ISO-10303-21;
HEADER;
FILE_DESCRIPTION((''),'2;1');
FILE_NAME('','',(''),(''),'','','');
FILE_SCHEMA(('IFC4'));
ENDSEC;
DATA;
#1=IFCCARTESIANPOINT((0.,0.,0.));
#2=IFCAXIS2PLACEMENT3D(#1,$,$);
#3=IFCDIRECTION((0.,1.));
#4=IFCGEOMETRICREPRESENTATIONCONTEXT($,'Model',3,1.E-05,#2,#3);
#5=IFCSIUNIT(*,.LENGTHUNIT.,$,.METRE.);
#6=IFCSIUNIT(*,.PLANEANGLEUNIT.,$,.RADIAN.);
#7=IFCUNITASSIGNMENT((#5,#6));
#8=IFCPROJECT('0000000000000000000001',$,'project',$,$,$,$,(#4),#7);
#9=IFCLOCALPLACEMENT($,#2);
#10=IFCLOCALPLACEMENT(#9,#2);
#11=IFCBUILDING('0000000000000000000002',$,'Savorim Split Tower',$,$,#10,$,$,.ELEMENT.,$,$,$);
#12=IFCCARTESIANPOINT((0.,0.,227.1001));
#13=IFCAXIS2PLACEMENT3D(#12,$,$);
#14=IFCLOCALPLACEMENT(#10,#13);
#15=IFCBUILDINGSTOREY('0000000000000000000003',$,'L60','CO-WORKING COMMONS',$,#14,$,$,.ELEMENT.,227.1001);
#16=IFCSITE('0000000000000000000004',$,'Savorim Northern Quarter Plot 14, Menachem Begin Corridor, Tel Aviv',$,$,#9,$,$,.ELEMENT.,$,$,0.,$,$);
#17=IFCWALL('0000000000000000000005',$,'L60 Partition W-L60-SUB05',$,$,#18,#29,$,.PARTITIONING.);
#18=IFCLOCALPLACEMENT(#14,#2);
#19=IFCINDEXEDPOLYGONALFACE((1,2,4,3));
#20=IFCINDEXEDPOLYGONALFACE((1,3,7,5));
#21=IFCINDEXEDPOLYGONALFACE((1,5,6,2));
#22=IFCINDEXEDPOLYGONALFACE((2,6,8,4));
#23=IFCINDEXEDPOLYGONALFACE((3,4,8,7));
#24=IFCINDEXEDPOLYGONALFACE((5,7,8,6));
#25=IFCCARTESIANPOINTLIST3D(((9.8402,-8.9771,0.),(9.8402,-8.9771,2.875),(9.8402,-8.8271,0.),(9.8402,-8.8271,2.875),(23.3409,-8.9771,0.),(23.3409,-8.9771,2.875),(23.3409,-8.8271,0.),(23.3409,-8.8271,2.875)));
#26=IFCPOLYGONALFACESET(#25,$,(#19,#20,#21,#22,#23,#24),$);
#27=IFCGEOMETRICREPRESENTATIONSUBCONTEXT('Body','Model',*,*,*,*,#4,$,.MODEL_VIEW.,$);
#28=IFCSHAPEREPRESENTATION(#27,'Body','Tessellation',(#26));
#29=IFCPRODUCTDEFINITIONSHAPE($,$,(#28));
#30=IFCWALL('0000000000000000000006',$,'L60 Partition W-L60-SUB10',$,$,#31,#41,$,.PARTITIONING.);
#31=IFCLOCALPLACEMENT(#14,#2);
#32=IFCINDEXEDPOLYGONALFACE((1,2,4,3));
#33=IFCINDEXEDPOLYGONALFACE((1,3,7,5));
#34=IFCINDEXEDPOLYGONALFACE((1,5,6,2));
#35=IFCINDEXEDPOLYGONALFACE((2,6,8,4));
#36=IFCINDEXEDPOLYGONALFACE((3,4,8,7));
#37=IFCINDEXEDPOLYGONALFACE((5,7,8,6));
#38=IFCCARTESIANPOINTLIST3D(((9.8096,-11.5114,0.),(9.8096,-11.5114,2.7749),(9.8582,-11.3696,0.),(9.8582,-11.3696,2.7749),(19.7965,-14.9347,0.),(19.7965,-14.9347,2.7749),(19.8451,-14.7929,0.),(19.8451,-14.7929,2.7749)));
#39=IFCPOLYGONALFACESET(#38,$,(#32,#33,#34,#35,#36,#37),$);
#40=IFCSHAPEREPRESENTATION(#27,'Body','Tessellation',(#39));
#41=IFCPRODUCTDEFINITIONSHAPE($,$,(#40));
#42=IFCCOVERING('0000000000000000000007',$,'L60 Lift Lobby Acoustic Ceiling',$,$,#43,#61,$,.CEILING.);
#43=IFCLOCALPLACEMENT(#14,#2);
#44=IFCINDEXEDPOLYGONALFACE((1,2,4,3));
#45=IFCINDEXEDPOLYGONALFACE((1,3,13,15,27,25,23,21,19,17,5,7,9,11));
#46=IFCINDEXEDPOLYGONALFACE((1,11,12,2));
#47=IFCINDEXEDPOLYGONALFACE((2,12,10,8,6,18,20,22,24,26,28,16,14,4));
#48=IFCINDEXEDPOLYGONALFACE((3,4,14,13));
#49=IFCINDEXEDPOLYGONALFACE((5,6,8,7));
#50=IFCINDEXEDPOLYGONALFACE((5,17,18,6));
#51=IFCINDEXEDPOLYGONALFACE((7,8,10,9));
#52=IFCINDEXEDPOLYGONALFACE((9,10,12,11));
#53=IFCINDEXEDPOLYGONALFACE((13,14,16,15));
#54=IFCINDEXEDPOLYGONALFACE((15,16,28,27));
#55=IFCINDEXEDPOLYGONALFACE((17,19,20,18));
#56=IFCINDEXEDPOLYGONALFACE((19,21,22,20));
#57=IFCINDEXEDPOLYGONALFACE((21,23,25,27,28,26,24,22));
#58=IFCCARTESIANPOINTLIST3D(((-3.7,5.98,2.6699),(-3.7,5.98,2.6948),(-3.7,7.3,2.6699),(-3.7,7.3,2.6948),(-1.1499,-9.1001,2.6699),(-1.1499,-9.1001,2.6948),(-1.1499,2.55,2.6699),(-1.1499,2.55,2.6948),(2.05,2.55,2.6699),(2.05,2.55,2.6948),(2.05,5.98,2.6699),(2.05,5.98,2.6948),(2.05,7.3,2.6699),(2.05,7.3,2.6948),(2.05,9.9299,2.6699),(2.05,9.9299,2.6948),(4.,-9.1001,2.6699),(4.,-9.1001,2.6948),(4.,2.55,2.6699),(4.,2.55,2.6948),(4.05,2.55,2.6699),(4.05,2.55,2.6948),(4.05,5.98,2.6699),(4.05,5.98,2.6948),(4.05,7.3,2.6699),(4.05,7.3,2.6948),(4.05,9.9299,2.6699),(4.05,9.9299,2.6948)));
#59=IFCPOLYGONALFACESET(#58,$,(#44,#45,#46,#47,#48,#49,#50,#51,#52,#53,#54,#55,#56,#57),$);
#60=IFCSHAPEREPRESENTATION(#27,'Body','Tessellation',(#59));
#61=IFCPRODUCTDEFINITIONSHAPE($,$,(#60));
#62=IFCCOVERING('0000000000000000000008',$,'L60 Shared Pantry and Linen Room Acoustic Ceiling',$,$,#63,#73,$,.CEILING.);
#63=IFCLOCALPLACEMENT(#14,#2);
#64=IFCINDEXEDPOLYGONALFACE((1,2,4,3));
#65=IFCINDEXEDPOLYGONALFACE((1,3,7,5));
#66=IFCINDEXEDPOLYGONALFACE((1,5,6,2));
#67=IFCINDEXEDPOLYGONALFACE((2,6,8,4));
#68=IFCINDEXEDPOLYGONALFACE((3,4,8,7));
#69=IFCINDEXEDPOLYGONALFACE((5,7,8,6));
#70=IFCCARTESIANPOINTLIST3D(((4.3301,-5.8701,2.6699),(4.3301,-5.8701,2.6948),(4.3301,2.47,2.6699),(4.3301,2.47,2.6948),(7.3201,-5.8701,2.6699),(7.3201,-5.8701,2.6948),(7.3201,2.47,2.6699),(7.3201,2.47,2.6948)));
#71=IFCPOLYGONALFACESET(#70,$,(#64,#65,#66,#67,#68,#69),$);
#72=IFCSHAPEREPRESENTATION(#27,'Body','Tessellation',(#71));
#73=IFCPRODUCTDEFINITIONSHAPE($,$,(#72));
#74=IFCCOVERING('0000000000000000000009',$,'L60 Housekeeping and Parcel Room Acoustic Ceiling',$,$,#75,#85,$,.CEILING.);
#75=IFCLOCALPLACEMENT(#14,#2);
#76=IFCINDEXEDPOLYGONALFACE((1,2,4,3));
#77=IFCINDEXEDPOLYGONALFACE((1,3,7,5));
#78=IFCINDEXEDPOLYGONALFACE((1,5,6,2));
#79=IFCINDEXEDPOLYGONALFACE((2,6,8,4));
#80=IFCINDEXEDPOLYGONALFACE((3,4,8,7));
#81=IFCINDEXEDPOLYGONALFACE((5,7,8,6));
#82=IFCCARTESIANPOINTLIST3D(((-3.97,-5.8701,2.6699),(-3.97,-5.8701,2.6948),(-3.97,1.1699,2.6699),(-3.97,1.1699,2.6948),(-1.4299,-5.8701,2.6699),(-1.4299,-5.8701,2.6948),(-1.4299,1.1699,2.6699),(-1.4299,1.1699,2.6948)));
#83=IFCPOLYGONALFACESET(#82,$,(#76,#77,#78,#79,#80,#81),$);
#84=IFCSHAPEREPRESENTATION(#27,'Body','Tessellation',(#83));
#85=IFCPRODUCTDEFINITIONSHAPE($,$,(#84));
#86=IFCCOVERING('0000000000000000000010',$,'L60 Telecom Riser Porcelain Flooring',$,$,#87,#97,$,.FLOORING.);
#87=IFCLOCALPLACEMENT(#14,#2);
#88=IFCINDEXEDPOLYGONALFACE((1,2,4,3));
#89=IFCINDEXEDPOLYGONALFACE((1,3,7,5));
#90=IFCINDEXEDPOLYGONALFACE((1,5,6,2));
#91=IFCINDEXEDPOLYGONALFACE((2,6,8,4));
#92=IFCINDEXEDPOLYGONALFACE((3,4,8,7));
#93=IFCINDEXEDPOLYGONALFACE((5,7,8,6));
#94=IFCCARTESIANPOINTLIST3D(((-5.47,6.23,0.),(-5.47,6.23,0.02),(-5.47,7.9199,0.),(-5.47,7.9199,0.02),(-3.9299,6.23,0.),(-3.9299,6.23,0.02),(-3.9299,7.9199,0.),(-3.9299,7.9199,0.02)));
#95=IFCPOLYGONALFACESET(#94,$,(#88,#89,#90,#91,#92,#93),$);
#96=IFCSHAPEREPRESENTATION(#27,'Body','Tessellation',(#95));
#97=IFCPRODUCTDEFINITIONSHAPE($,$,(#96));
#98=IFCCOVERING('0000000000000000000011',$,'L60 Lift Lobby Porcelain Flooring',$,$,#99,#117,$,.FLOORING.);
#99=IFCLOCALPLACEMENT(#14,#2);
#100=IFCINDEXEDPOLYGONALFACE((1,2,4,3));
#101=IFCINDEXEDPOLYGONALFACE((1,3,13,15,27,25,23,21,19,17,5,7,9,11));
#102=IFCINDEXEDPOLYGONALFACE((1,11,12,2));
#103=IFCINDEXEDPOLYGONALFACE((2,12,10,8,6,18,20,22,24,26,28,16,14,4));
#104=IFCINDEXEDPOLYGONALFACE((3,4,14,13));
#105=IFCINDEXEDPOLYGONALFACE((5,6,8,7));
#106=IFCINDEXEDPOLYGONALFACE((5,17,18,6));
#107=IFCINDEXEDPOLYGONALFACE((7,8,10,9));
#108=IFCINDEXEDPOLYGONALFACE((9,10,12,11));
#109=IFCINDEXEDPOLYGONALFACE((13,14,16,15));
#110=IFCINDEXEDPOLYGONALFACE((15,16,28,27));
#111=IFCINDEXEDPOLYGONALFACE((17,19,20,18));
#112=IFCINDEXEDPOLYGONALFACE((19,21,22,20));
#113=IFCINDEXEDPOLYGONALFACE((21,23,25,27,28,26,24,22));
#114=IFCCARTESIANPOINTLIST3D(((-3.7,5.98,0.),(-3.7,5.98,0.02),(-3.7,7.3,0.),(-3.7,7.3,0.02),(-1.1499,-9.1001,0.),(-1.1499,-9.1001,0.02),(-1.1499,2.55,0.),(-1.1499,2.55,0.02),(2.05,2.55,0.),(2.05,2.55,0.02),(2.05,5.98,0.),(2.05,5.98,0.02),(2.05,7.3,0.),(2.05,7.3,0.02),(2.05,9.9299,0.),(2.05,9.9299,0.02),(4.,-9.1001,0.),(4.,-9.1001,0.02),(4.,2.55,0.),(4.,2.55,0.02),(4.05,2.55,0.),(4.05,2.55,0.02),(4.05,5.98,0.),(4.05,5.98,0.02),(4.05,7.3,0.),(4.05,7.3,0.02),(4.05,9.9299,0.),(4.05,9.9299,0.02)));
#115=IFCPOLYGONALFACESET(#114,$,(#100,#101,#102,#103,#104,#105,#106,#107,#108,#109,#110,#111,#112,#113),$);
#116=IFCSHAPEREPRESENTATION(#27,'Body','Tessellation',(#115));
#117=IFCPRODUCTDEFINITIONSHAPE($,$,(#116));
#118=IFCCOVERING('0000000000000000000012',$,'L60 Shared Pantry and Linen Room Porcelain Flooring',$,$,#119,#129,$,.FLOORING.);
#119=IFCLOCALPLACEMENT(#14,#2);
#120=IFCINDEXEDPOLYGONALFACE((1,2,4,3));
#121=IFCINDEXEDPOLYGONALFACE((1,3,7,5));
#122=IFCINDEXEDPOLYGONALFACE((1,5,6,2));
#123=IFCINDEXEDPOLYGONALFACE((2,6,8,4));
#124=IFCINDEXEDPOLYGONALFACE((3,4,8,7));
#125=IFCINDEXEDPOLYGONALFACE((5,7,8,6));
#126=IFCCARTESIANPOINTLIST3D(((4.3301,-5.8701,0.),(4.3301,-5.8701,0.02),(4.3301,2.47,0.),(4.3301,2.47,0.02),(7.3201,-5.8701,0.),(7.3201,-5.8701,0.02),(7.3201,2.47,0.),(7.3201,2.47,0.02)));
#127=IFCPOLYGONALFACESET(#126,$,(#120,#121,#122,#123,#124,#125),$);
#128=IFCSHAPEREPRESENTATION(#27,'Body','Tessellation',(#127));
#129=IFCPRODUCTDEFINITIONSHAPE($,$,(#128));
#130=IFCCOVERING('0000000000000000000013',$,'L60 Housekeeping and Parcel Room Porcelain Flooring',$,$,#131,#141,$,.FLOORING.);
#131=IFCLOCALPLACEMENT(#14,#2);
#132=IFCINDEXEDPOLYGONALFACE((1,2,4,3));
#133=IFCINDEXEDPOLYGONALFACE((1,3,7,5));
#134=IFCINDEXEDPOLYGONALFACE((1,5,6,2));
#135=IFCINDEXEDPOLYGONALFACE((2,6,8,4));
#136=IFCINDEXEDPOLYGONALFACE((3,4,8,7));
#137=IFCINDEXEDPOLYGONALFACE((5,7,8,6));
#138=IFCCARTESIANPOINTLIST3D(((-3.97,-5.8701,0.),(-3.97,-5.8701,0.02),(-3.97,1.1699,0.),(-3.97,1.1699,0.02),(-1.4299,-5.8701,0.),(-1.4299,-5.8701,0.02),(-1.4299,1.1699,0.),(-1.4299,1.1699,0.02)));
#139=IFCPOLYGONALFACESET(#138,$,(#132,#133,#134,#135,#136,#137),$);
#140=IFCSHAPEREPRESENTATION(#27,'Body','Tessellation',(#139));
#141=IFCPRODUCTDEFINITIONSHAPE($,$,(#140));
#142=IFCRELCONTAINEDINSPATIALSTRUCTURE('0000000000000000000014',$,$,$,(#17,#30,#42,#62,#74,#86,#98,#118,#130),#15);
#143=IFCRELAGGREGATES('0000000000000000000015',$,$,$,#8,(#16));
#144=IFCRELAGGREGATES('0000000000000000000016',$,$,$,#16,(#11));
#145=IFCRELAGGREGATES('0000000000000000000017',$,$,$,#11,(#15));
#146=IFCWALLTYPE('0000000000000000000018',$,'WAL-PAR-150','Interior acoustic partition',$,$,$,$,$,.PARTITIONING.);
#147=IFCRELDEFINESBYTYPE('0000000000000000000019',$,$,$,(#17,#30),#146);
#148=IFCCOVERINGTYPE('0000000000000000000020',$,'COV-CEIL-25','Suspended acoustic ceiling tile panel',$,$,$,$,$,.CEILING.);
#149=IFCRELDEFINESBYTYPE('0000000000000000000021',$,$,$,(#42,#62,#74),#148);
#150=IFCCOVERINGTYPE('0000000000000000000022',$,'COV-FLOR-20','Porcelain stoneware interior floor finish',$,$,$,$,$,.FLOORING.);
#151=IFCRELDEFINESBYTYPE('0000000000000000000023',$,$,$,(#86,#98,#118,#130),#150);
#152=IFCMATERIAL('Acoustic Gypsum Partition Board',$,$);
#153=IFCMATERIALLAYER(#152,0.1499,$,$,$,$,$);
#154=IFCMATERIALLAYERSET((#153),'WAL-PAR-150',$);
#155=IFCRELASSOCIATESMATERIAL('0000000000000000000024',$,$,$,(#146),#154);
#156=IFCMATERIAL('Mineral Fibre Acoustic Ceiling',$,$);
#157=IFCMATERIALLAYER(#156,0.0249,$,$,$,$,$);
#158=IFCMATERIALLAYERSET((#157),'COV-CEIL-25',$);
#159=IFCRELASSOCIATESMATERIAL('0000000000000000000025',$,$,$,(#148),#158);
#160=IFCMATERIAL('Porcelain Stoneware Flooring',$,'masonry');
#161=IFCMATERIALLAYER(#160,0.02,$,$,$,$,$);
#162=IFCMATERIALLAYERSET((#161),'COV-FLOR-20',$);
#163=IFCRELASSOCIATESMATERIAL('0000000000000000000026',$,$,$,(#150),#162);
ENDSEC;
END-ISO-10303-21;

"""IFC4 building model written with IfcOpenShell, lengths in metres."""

from ifc_helpers import new_model, si_unit, direction, frame, frame_2d, origin, place, context, subcontext, project, spatial, polyline, rectangle, outline, extrude, material, layer, layer_set, type_object, element, save


model = new_model("IFC4")

# Units and contexts
model_context = context("Model", 3, precision=1e-05, world=origin(), true_north=direction((0.0, 1.0)))
body_context = subcontext(model_context, "Body", "Model", "MODEL_VIEW")
ifc_project = project(units=[si_unit("LENGTHUNIT", "METRE"), si_unit("PLANEANGLEUNIT", "RADIAN")], contexts=[model_context])

# Site, building, storey
site_placement = place(None, origin())
site = spatial("IfcSite", under=ifc_project, at=site_placement, Name="Savorim Northern Quarter Plot 14, Menachem Begin Corridor, Tel Aviv", CompositionType="ELEMENT", RefElevation=0.0)
building_placement = place(site_placement, origin())
building = spatial("IfcBuilding", under=site, at=building_placement, Name="Savorim Split Tower", CompositionType="ELEMENT")
storey_placement = place(building_placement, frame((0.0, 0.0, 227.1001)))
storey = spatial("IfcBuildingStorey", under=building, at=storey_placement, Name="L60", Description="CO-WORKING COMMONS", CompositionType="ELEMENT", Elevation=227.1001)

# Shared definitions
ifc_material_1 = material(Name="Acoustic Gypsum Partition Board")
ifc_layer_1 = layer(ifc_material_1, 0.1499)
ifc_layer_set_1 = layer_set([ifc_layer_1], Name="WAL-PAR-150")
wall_type_1 = type_object("IfcWallType", Name="WAL-PAR-150", Description="Interior acoustic partition", PredefinedType="PARTITIONING", material=ifc_layer_set_1)

# Walls
wall_1_placement = place(storey_placement, frame((9.8401, -8.9021, 0.0), z_axis=(0.0, 0.0, 1.0), x_axis=(1.0, 0.0, 0.0)))
element("IfcWall", 1, at=wall_1_placement, inside=storey, type_object=wall_type_1, Name="L60 Partition W-L60-SUB05", PredefinedType="PARTITIONING", context=body_context, shape_type="SweptSolid", body=[
    extrude(rectangle(XDim=13.5007, YDim=0.1499, at=frame_2d((6.7505, 0.0))), origin(), (0.0, 0.0, 1.0), 2.875),
])
wall_2_placement = place(storey_placement, frame((9.8337, -11.4404, 0.0), z_axis=(0.0, 0.0, 1.0), x_axis=(0.945969, -0.324257, 0.0)))
element("IfcWall", 2, at=wall_2_placement, inside=storey, type_object=wall_type_1, Name="L60 Partition W-L60-SUB10", PredefinedType="PARTITIONING", context=body_context, shape_type="SweptSolid", body=[
    extrude(rectangle(XDim=10.5574, YDim=0.1499, at=frame_2d((5.2788, 0.0))), origin(), (0.0, 0.0, 1.0), 2.7749),
])

# Coverings
ifc_material_2 = material(Name="Mineral Fibre Acoustic Ceiling")
ifc_layer_2 = layer(ifc_material_2, 0.0249)
ifc_layer_set_2 = layer_set([ifc_layer_2], Name="COV-CEIL-25")
covering_type_1 = type_object("IfcCoveringType", Name="COV-CEIL-25", Description="Suspended acoustic ceiling tile panel", PredefinedType="CEILING", material=ifc_layer_set_2)
covering_1_placement = place(storey_placement, frame((0.0, 0.0, 2.6699)))
element("IfcCovering", 3, at=covering_1_placement, inside=storey, type_object=covering_type_1, Name="L60 Lift Lobby Acoustic Ceiling", PredefinedType="CEILING", context=body_context, shape_type="SweptSolid", body=[
    extrude(outline(polyline([(2.05, 2.55), (-1.1499, 2.55), (-1.1499, -9.1001), (4.0, -9.1001), (4.0, 2.55), (4.05, 2.55), (4.05, 5.98), (4.05, 7.3), (4.05, 9.9299), (2.05, 9.9299), (2.05, 7.3), (-3.7, 7.3), (-3.7, 5.98), (2.05, 5.98), (2.05, 2.55)])), origin(), (0.0, 0.0, 1.0), 0.0249),
])
covering_2_placement = place(storey_placement, frame((0.0, 0.0, 2.6699)))
element("IfcCovering", 4, at=covering_2_placement, inside=storey, type_object=covering_type_1, Name="L60 Shared Pantry and Linen Room Acoustic Ceiling", PredefinedType="CEILING", context=body_context, shape_type="SweptSolid", body=[
    extrude(outline(polyline([(4.3301, 2.47), (4.3301, -5.8701), (7.3201, -5.8701), (7.3201, 2.47), (4.3301, 2.47)])), origin(), (0.0, 0.0, 1.0), 0.0249),
])
covering_3_placement = place(storey_placement, frame((0.0, 0.0, 2.6699)))
element("IfcCovering", 5, at=covering_3_placement, inside=storey, type_object=covering_type_1, Name="L60 Housekeeping and Parcel Room Acoustic Ceiling", PredefinedType="CEILING", context=body_context, shape_type="SweptSolid", body=[
    extrude(outline(polyline([(-3.97, 1.1699), (-3.97, -5.8701), (-1.4299, -5.8701), (-1.4299, 1.1699), (-3.97, 1.1699)])), origin(), (0.0, 0.0, 1.0), 0.0249),
])
ifc_material_3 = material(Name="Porcelain Stoneware Flooring", Category="masonry")
ifc_layer_3 = layer(ifc_material_3, 0.02)
ifc_layer_set_3 = layer_set([ifc_layer_3], Name="COV-FLOR-20")
covering_type_2 = type_object("IfcCoveringType", Name="COV-FLOR-20", Description="Porcelain stoneware interior floor finish", PredefinedType="FLOORING", material=ifc_layer_set_3)
covering_4_placement = place(storey_placement, origin())
element("IfcCovering", 6, at=covering_4_placement, inside=storey, type_object=covering_type_2, Name="L60 Telecom Riser Porcelain Flooring", PredefinedType="FLOORING", context=body_context, shape_type="SweptSolid", body=[
    extrude(outline(polyline([(-5.47, 7.9199), (-5.47, 6.23), (-3.9299, 6.23), (-3.9299, 7.9199), (-5.47, 7.9199)])), origin(), (0.0, 0.0, 1.0), 0.02),
])
covering_5_placement = place(storey_placement, origin())
element("IfcCovering", 7, at=covering_5_placement, inside=storey, type_object=covering_type_2, Name="L60 Lift Lobby Porcelain Flooring", PredefinedType="FLOORING", context=body_context, shape_type="SweptSolid", body=[
    extrude(outline(polyline([(2.05, 2.55), (-1.1499, 2.55), (-1.1499, -9.1001), (4.0, -9.1001), (4.0, 2.55), (4.05, 2.55), (4.05, 5.98), (4.05, 7.3), (4.05, 9.9299), (2.05, 9.9299), (2.05, 7.3), (-3.7, 7.3), (-3.7, 5.98), (2.05, 5.98), (2.05, 2.55)])), origin(), (0.0, 0.0, 1.0), 0.02),
])
covering_6_placement = place(storey_placement, origin())
element("IfcCovering", 8, at=covering_6_placement, inside=storey, type_object=covering_type_2, Name="L60 Shared Pantry and Linen Room Porcelain Flooring", PredefinedType="FLOORING", context=body_context, shape_type="SweptSolid", body=[
    extrude(outline(polyline([(4.3301, 2.47), (4.3301, -5.8701), (7.3201, -5.8701), (7.3201, 2.47), (4.3301, 2.47)])), origin(), (0.0, 0.0, 1.0), 0.02),
])
covering_7_placement = place(storey_placement, origin())
element("IfcCovering", 9, at=covering_7_placement, inside=storey, type_object=covering_type_2, Name="L60 Housekeeping and Parcel Room Porcelain Flooring", PredefinedType="FLOORING", context=body_context, shape_type="SweptSolid", body=[
    extrude(outline(polyline([(-3.97, 1.1699), (-3.97, -5.8701), (-1.4299, -5.8701), (-1.4299, 1.1699), (-3.97, 1.1699)])), origin(), (0.0, 0.0, 1.0), 0.02),
])

save(model, "model.ifc")
